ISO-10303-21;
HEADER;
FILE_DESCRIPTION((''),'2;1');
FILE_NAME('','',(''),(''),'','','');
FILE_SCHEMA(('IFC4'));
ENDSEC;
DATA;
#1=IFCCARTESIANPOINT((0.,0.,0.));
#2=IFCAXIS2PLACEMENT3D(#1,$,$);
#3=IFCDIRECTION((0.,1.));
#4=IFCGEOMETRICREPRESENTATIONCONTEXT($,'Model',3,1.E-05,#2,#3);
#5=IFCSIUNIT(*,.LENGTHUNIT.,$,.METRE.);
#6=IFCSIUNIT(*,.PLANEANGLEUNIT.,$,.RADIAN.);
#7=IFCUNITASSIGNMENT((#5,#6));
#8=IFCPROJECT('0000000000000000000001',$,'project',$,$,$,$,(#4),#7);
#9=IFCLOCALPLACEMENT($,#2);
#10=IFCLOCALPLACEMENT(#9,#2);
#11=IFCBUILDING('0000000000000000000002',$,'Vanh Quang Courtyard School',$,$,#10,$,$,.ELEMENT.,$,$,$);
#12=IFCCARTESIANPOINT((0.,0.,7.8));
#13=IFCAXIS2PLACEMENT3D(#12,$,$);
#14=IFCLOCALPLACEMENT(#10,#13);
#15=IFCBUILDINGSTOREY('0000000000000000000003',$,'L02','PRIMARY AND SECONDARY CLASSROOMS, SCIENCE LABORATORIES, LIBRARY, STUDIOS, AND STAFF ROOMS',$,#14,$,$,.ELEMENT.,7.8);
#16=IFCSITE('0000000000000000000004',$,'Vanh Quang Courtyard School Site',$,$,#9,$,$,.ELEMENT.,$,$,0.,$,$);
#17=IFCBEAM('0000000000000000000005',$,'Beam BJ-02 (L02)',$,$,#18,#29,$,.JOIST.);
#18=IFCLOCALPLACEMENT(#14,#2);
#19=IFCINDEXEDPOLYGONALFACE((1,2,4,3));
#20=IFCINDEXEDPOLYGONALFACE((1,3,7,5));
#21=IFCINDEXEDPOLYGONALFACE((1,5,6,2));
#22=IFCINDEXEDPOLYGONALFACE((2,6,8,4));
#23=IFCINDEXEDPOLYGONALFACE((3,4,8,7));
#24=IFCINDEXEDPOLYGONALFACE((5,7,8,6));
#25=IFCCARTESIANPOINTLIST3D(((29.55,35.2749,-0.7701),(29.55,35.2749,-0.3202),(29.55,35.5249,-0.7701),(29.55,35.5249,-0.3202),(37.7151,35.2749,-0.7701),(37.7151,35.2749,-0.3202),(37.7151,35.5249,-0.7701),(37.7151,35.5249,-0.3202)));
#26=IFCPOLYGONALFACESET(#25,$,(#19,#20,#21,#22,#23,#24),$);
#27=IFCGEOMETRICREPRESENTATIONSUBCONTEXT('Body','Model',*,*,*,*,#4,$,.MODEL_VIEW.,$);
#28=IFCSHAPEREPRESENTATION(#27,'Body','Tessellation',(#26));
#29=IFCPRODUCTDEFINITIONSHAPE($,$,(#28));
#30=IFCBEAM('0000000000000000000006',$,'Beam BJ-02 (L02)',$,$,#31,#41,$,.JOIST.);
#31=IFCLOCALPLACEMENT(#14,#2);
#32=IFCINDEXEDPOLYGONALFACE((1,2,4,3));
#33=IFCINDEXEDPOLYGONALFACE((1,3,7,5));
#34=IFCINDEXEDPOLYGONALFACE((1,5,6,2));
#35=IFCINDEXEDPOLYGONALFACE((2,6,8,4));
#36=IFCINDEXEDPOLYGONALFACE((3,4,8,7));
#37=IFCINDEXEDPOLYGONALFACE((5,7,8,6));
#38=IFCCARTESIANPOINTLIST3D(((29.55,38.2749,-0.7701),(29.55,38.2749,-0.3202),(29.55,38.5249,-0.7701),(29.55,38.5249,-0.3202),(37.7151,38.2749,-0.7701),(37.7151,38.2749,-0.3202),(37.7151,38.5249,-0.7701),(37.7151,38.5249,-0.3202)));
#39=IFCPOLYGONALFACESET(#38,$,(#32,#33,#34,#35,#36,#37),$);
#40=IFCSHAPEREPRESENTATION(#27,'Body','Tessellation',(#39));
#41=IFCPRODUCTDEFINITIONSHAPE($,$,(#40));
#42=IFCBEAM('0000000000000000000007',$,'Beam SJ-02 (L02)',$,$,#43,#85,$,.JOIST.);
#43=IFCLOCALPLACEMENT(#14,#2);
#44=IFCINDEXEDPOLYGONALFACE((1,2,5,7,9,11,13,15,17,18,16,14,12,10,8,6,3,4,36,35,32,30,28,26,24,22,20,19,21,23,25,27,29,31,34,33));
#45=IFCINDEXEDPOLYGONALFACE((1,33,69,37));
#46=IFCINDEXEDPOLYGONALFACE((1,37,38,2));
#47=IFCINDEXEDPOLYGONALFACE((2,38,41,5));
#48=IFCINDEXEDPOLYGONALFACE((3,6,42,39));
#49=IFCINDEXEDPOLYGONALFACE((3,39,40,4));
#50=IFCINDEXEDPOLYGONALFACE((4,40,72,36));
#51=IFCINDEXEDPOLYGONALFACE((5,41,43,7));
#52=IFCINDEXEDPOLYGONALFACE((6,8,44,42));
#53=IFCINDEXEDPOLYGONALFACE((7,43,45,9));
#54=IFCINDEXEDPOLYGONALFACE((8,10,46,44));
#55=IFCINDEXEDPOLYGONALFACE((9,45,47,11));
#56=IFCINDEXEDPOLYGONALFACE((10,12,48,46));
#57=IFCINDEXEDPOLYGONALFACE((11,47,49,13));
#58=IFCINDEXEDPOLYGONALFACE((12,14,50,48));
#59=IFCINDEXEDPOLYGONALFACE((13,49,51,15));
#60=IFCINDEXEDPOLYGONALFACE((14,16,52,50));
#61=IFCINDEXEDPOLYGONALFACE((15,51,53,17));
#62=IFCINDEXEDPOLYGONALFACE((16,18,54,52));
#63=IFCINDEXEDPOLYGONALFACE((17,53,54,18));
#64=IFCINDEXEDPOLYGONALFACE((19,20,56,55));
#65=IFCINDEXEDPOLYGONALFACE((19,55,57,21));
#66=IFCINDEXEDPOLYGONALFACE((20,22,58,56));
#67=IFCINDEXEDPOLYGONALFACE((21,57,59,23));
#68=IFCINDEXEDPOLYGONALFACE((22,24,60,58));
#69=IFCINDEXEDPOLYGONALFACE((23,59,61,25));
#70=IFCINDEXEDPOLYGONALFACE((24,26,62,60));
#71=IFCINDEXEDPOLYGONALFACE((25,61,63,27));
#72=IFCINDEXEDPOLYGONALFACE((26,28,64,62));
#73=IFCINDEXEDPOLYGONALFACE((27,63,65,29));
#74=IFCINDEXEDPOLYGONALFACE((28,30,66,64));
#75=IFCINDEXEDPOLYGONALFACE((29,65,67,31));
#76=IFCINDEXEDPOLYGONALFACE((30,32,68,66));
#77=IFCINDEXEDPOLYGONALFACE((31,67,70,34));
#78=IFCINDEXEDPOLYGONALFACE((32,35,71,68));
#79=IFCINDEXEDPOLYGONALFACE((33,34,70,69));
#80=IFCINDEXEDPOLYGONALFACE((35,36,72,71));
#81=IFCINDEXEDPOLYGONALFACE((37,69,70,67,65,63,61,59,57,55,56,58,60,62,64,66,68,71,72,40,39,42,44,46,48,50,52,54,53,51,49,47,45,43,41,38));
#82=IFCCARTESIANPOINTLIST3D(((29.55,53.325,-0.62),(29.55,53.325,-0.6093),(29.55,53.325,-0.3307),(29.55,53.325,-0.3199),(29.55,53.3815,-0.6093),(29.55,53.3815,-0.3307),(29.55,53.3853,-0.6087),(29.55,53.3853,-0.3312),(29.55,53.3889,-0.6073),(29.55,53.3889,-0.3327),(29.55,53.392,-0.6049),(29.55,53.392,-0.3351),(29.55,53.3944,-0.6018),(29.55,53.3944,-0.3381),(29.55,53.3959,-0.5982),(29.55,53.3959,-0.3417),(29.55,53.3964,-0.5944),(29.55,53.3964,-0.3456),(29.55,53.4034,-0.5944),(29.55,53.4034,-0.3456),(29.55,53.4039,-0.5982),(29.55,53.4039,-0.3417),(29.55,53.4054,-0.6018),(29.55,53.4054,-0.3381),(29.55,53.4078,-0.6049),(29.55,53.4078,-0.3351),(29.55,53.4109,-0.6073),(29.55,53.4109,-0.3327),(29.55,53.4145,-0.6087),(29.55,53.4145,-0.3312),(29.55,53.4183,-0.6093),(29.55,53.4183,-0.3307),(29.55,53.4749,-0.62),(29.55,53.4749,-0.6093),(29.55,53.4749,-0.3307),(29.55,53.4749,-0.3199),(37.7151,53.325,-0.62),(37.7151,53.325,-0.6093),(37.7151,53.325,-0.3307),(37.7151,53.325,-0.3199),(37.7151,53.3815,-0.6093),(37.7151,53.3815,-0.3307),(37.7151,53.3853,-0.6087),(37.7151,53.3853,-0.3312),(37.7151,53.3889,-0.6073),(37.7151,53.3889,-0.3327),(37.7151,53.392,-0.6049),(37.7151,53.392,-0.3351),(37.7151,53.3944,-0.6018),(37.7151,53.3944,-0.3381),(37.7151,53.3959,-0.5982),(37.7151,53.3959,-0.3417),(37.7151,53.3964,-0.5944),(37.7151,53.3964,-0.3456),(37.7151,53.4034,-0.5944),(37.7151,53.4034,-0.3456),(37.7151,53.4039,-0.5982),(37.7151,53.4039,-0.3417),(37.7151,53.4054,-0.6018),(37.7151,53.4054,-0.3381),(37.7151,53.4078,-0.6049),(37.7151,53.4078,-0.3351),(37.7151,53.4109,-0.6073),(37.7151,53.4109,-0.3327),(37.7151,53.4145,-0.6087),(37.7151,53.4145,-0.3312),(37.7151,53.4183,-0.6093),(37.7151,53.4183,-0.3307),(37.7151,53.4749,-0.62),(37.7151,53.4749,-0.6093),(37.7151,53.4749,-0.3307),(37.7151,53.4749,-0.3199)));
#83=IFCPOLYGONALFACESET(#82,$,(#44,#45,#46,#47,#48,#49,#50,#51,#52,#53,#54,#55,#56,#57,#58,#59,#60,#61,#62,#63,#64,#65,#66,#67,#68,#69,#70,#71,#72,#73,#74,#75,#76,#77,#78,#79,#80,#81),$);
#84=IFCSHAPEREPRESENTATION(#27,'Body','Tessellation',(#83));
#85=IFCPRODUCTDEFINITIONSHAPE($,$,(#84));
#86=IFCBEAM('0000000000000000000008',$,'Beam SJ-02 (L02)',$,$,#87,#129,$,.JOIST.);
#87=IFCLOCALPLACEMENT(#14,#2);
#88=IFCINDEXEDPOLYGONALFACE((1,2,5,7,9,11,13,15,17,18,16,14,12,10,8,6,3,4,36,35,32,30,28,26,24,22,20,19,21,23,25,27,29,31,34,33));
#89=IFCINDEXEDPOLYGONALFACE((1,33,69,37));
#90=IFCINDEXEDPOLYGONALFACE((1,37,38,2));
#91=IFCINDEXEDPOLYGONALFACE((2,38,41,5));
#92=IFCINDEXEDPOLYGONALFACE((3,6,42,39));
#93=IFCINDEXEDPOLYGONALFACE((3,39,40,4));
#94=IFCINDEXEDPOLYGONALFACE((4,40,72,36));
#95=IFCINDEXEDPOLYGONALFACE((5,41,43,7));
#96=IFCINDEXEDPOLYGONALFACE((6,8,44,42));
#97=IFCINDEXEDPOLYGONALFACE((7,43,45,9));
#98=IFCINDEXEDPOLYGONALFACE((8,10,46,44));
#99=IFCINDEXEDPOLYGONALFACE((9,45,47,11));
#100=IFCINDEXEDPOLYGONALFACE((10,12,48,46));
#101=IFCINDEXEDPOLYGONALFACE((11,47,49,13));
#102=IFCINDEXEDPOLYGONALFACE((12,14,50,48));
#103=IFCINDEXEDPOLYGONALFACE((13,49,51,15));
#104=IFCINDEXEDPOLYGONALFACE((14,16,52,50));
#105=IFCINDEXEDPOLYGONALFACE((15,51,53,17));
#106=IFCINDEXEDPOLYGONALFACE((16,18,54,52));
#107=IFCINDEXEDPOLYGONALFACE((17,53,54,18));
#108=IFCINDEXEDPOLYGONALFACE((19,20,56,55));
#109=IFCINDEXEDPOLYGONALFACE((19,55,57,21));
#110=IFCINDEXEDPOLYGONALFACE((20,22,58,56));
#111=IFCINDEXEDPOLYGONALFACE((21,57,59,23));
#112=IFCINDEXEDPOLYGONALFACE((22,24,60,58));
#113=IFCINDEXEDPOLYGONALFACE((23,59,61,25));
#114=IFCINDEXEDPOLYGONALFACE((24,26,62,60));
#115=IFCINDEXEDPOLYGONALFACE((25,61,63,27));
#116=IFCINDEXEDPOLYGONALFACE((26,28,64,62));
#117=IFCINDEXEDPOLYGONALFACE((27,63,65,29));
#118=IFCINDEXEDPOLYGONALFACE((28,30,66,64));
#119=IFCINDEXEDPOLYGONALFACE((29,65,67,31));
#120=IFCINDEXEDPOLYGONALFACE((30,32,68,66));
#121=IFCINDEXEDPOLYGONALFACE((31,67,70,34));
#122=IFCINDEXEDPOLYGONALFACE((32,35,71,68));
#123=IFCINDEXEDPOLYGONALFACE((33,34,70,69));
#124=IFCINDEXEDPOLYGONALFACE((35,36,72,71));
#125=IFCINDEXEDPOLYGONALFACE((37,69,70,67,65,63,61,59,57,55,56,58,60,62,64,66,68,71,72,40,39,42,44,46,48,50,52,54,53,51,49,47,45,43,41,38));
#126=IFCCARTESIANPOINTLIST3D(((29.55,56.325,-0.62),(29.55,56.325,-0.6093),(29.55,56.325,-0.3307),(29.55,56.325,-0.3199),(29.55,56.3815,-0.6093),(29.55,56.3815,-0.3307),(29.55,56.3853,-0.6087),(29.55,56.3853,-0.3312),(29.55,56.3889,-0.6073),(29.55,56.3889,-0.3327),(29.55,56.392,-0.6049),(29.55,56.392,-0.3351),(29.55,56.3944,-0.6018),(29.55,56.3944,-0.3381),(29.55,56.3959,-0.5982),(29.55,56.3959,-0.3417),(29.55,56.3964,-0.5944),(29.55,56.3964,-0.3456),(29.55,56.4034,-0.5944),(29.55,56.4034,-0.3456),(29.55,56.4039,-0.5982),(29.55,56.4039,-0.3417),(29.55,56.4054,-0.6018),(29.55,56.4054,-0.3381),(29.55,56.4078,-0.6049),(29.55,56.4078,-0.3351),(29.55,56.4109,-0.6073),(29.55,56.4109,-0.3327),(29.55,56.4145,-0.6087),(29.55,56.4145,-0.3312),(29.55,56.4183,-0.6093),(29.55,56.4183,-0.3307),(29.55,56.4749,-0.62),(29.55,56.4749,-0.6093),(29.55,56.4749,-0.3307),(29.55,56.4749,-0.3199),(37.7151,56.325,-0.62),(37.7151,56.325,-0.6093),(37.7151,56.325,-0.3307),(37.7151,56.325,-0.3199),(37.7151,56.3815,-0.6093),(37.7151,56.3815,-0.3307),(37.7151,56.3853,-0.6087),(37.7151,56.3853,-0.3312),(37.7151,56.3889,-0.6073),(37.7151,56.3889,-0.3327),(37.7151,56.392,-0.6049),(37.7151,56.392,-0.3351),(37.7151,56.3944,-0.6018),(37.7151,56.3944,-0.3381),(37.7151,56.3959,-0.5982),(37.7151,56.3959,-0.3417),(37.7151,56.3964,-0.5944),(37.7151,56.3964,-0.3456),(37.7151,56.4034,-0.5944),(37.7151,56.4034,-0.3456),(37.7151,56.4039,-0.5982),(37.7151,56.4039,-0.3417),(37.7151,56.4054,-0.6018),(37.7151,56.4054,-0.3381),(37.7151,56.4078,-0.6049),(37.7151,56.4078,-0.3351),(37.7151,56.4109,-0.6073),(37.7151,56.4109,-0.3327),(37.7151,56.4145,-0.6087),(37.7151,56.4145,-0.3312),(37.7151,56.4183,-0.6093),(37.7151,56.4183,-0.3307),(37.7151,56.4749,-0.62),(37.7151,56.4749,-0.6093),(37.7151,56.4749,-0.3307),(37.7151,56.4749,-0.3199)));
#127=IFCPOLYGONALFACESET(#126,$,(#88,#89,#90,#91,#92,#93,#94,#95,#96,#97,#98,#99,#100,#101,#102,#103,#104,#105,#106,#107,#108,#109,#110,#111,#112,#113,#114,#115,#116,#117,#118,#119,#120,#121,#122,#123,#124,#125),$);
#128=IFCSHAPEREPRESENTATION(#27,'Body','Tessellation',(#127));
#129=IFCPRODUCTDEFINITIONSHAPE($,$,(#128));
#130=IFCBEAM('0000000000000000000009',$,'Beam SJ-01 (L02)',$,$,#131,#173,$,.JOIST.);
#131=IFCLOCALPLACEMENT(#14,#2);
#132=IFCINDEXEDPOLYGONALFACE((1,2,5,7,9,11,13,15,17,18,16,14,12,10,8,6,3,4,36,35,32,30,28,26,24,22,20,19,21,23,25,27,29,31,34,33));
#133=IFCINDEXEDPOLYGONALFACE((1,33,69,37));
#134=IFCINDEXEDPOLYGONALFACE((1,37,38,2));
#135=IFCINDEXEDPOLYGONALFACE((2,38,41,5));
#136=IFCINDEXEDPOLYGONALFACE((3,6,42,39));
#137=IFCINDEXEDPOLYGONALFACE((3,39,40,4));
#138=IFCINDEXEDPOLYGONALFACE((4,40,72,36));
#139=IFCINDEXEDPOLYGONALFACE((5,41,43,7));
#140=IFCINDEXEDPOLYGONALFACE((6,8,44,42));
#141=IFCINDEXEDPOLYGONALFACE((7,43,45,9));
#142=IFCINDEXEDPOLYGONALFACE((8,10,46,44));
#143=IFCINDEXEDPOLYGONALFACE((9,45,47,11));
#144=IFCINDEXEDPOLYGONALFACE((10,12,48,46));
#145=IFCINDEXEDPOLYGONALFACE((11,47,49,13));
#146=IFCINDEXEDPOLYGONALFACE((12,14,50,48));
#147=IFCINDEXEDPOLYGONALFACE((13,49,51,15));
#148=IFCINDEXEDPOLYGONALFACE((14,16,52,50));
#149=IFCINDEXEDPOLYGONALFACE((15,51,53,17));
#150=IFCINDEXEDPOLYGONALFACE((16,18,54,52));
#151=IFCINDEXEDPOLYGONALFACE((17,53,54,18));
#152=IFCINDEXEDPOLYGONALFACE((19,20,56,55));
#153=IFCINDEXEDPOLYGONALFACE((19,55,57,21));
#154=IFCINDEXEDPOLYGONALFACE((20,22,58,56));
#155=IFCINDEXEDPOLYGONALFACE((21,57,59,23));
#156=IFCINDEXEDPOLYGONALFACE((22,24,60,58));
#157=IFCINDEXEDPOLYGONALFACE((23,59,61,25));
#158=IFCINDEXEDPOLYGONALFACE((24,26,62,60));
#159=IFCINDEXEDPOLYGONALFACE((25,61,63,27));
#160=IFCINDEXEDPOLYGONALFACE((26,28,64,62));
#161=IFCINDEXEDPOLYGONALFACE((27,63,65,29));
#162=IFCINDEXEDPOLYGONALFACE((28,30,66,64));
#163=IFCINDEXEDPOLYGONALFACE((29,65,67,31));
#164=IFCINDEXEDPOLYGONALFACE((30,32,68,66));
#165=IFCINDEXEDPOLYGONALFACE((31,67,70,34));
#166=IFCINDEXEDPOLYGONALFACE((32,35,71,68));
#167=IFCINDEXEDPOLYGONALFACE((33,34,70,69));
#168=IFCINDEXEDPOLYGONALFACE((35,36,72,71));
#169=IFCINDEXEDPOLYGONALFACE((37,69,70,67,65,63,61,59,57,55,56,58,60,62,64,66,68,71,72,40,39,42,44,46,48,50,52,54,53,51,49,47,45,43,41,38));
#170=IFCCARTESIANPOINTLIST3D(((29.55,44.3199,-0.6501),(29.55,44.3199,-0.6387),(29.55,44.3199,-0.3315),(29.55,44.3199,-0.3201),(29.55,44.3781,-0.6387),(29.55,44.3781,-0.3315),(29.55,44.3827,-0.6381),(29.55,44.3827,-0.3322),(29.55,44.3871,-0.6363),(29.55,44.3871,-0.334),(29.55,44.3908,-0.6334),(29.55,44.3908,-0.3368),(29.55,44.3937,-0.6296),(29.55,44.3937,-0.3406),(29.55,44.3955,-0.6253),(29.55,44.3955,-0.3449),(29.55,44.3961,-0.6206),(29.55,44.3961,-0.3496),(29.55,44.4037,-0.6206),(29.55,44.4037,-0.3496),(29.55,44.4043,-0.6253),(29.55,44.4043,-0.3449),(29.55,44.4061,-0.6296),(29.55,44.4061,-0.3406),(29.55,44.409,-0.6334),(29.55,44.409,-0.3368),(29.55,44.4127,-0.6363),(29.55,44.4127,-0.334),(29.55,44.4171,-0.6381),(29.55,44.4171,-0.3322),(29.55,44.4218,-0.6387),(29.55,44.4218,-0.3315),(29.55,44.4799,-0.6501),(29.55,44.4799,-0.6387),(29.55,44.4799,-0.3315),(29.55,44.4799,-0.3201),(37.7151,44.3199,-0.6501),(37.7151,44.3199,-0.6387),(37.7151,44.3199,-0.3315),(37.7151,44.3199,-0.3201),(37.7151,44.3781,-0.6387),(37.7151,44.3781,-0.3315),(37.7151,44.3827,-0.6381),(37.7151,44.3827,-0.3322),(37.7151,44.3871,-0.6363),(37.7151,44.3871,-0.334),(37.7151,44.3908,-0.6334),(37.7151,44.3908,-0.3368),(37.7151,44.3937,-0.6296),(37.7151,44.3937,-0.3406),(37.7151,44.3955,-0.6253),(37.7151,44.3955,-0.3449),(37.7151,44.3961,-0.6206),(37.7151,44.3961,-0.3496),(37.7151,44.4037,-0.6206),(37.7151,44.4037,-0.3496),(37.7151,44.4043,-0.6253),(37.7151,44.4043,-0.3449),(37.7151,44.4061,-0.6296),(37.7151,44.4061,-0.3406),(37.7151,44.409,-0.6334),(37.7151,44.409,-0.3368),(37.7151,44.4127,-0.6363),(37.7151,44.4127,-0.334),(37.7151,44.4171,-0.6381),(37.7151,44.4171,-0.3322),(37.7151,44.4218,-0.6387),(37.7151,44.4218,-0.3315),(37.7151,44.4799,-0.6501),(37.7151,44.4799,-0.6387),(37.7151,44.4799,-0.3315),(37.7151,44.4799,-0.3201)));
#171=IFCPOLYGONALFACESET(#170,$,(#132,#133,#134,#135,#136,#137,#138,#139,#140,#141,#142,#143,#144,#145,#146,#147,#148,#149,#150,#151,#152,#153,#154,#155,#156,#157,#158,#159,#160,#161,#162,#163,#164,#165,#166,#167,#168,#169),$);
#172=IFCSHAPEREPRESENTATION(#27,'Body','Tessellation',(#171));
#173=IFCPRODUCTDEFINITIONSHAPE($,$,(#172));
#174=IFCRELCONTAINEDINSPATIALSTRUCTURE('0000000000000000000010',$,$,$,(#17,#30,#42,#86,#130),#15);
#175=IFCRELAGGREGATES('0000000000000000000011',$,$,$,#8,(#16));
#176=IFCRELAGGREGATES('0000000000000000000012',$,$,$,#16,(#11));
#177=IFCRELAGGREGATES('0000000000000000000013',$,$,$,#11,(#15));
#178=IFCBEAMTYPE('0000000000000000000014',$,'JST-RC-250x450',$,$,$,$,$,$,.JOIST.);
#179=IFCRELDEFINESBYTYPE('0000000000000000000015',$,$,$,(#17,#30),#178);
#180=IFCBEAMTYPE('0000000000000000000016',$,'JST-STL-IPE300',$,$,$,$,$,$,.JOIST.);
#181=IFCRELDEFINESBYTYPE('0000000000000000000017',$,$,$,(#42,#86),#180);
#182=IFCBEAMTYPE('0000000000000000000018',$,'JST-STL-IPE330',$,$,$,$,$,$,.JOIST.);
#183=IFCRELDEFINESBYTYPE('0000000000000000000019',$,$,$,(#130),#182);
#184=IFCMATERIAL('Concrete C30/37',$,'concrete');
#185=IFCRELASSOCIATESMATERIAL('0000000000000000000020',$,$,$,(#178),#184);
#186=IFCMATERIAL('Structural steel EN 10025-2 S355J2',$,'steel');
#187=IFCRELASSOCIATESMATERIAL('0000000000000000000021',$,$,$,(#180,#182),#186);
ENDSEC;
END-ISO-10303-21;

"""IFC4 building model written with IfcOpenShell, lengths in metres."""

from ifc_helpers import new_model, si_unit, direction, frame, origin, origin_2d, place, context, subcontext, project, spatial, rectangle, i_section, extrude, material, material_profile, profile_set, type_object, element, save


model = new_model("IFC4")

# Units and contexts
model_context = context("Model", 3, precision=1e-05, world=origin(), true_north=direction((0.0, 1.0)))
body_context = subcontext(model_context, "Body", "Model", "MODEL_VIEW")
ifc_project = project(units=[si_unit("LENGTHUNIT", "METRE"), si_unit("PLANEANGLEUNIT", "RADIAN")], contexts=[model_context])

# Site, building, storey
site_placement = place(None, origin())
site = spatial("IfcSite", under=ifc_project, at=site_placement, Name="Vanh Quang Courtyard School Site", CompositionType="ELEMENT", RefElevation=0.0)
building_placement = place(site_placement, origin())
building = spatial("IfcBuilding", under=site, at=building_placement, Name="Vanh Quang Courtyard School", CompositionType="ELEMENT")
storey_placement = place(building_placement, frame((0.0, 0.0, 7.8)))
storey = spatial("IfcBuildingStorey", under=building, at=storey_placement, Name="L02", Description="PRIMARY AND SECONDARY CLASSROOMS, SCIENCE LABORATORIES, LIBRARY, STUDIOS, AND STAFF ROOMS", CompositionType="ELEMENT", Elevation=7.8)

# Beams
ifc_material_1 = material(Name="Structural steel EN 10025-2 S355J2", Category="steel")
ifc_material_2 = material(Name="Concrete C30/37", Category="concrete")
ifc_material_profile_1 = material_profile(ifc_material_2, rectangle(XDim=0.25, YDim=0.45, at=origin_2d()), Name="RC-JST 250x450")
ifc_profile_set_1 = profile_set([ifc_material_profile_1], Name="Concrete C30/37")
beam_type_1 = type_object("IfcBeamType", Name="JST-RC-250x450", PredefinedType="JOIST", material=ifc_profile_set_1)
for number, where, z_axis, x_axis, name in (
    (1, (29.55, 35.3999, -0.5452), (1.0, 0.0, 0.0), (0.0, 1.0, 0.0), "Beam BJ-02 (L02)"),
    (2, (29.55, 38.3999, -0.5452), (1.0, 0.0, 0.0), (0.0, 1.0, 0.0), "Beam BJ-02 (L02)"),
):
    element("IfcBeam", number, at=place(storey_placement, frame(where, z_axis=z_axis, x_axis=x_axis)), inside=storey, type_object=beam_type_1, Name=name, PredefinedType="JOIST", context=body_context, shape_type="SweptSolid", body=[
        extrude(rectangle(XDim=0.25, YDim=0.45, at=origin_2d()), origin(), (0.0, 0.0, 1.0), 8.165),
    ])
ifc_material_profile_2 = material_profile(ifc_material_1, i_section(OverallWidth=0.1499, OverallDepth=0.3, WebThickness=0.0071, FlangeThickness=0.0107, FilletRadius=0.0149, at=origin_2d()), Name="IPE 300")
ifc_profile_set_2 = profile_set([ifc_material_profile_2], Name="Structural steel EN 10025-2 S355J2")
beam_type_2 = type_object("IfcBeamType", Name="JST-STL-IPE300", PredefinedType="JOIST", material=ifc_profile_set_2)
for number, where, z_axis, x_axis, name in (
    (3, (29.55, 53.3999, -0.47), (1.0, 0.0, 0.0), (0.0, 1.0, 0.0), "Beam SJ-02 (L02)"),
    (4, (29.55, 56.3999, -0.47), (1.0, 0.0, 0.0), (0.0, 1.0, 0.0), "Beam SJ-02 (L02)"),
):
    element("IfcBeam", number, at=place(storey_placement, frame(where, z_axis=z_axis, x_axis=x_axis)), inside=storey, type_object=beam_type_2, Name=name, PredefinedType="JOIST", context=body_context, shape_type="SweptSolid", body=[
        extrude(i_section(OverallWidth=0.1499, OverallDepth=0.3, WebThickness=0.0071, FlangeThickness=0.0107, FilletRadius=0.0149, at=origin_2d()), origin(), (0.0, 0.0, 1.0), 8.165),
    ])
ifc_material_profile_3 = material_profile(ifc_material_1, i_section(OverallWidth=0.1599, OverallDepth=0.3301, WebThickness=0.0076, FlangeThickness=0.0115, FilletRadius=0.0181, at=origin_2d()), Name="IPE 330")
ifc_profile_set_3 = profile_set([ifc_material_profile_3], Name="Structural steel EN 10025-2 S355J2")
beam_type_3 = type_object("IfcBeamType", Name="JST-STL-IPE330", PredefinedType="JOIST", material=ifc_profile_set_3)
for number, where, z_axis, x_axis, name in (
    (5, (29.55, 44.3999, -0.4851), (1.0, 0.0, 0.0), (0.0, 1.0, 0.0), "Beam SJ-01 (L02)"),
):
    element("IfcBeam", number, at=place(storey_placement, frame(where, z_axis=z_axis, x_axis=x_axis)), inside=storey, type_object=beam_type_3, Name=name, PredefinedType="JOIST", context=body_context, shape_type="SweptSolid", body=[
        extrude(i_section(OverallWidth=0.1599, OverallDepth=0.3301, WebThickness=0.0076, FlangeThickness=0.0115, FilletRadius=0.0181, at=origin_2d()), origin(), (0.0, 0.0, 1.0), 8.165),
    ])

save(model, "model.ifc")
